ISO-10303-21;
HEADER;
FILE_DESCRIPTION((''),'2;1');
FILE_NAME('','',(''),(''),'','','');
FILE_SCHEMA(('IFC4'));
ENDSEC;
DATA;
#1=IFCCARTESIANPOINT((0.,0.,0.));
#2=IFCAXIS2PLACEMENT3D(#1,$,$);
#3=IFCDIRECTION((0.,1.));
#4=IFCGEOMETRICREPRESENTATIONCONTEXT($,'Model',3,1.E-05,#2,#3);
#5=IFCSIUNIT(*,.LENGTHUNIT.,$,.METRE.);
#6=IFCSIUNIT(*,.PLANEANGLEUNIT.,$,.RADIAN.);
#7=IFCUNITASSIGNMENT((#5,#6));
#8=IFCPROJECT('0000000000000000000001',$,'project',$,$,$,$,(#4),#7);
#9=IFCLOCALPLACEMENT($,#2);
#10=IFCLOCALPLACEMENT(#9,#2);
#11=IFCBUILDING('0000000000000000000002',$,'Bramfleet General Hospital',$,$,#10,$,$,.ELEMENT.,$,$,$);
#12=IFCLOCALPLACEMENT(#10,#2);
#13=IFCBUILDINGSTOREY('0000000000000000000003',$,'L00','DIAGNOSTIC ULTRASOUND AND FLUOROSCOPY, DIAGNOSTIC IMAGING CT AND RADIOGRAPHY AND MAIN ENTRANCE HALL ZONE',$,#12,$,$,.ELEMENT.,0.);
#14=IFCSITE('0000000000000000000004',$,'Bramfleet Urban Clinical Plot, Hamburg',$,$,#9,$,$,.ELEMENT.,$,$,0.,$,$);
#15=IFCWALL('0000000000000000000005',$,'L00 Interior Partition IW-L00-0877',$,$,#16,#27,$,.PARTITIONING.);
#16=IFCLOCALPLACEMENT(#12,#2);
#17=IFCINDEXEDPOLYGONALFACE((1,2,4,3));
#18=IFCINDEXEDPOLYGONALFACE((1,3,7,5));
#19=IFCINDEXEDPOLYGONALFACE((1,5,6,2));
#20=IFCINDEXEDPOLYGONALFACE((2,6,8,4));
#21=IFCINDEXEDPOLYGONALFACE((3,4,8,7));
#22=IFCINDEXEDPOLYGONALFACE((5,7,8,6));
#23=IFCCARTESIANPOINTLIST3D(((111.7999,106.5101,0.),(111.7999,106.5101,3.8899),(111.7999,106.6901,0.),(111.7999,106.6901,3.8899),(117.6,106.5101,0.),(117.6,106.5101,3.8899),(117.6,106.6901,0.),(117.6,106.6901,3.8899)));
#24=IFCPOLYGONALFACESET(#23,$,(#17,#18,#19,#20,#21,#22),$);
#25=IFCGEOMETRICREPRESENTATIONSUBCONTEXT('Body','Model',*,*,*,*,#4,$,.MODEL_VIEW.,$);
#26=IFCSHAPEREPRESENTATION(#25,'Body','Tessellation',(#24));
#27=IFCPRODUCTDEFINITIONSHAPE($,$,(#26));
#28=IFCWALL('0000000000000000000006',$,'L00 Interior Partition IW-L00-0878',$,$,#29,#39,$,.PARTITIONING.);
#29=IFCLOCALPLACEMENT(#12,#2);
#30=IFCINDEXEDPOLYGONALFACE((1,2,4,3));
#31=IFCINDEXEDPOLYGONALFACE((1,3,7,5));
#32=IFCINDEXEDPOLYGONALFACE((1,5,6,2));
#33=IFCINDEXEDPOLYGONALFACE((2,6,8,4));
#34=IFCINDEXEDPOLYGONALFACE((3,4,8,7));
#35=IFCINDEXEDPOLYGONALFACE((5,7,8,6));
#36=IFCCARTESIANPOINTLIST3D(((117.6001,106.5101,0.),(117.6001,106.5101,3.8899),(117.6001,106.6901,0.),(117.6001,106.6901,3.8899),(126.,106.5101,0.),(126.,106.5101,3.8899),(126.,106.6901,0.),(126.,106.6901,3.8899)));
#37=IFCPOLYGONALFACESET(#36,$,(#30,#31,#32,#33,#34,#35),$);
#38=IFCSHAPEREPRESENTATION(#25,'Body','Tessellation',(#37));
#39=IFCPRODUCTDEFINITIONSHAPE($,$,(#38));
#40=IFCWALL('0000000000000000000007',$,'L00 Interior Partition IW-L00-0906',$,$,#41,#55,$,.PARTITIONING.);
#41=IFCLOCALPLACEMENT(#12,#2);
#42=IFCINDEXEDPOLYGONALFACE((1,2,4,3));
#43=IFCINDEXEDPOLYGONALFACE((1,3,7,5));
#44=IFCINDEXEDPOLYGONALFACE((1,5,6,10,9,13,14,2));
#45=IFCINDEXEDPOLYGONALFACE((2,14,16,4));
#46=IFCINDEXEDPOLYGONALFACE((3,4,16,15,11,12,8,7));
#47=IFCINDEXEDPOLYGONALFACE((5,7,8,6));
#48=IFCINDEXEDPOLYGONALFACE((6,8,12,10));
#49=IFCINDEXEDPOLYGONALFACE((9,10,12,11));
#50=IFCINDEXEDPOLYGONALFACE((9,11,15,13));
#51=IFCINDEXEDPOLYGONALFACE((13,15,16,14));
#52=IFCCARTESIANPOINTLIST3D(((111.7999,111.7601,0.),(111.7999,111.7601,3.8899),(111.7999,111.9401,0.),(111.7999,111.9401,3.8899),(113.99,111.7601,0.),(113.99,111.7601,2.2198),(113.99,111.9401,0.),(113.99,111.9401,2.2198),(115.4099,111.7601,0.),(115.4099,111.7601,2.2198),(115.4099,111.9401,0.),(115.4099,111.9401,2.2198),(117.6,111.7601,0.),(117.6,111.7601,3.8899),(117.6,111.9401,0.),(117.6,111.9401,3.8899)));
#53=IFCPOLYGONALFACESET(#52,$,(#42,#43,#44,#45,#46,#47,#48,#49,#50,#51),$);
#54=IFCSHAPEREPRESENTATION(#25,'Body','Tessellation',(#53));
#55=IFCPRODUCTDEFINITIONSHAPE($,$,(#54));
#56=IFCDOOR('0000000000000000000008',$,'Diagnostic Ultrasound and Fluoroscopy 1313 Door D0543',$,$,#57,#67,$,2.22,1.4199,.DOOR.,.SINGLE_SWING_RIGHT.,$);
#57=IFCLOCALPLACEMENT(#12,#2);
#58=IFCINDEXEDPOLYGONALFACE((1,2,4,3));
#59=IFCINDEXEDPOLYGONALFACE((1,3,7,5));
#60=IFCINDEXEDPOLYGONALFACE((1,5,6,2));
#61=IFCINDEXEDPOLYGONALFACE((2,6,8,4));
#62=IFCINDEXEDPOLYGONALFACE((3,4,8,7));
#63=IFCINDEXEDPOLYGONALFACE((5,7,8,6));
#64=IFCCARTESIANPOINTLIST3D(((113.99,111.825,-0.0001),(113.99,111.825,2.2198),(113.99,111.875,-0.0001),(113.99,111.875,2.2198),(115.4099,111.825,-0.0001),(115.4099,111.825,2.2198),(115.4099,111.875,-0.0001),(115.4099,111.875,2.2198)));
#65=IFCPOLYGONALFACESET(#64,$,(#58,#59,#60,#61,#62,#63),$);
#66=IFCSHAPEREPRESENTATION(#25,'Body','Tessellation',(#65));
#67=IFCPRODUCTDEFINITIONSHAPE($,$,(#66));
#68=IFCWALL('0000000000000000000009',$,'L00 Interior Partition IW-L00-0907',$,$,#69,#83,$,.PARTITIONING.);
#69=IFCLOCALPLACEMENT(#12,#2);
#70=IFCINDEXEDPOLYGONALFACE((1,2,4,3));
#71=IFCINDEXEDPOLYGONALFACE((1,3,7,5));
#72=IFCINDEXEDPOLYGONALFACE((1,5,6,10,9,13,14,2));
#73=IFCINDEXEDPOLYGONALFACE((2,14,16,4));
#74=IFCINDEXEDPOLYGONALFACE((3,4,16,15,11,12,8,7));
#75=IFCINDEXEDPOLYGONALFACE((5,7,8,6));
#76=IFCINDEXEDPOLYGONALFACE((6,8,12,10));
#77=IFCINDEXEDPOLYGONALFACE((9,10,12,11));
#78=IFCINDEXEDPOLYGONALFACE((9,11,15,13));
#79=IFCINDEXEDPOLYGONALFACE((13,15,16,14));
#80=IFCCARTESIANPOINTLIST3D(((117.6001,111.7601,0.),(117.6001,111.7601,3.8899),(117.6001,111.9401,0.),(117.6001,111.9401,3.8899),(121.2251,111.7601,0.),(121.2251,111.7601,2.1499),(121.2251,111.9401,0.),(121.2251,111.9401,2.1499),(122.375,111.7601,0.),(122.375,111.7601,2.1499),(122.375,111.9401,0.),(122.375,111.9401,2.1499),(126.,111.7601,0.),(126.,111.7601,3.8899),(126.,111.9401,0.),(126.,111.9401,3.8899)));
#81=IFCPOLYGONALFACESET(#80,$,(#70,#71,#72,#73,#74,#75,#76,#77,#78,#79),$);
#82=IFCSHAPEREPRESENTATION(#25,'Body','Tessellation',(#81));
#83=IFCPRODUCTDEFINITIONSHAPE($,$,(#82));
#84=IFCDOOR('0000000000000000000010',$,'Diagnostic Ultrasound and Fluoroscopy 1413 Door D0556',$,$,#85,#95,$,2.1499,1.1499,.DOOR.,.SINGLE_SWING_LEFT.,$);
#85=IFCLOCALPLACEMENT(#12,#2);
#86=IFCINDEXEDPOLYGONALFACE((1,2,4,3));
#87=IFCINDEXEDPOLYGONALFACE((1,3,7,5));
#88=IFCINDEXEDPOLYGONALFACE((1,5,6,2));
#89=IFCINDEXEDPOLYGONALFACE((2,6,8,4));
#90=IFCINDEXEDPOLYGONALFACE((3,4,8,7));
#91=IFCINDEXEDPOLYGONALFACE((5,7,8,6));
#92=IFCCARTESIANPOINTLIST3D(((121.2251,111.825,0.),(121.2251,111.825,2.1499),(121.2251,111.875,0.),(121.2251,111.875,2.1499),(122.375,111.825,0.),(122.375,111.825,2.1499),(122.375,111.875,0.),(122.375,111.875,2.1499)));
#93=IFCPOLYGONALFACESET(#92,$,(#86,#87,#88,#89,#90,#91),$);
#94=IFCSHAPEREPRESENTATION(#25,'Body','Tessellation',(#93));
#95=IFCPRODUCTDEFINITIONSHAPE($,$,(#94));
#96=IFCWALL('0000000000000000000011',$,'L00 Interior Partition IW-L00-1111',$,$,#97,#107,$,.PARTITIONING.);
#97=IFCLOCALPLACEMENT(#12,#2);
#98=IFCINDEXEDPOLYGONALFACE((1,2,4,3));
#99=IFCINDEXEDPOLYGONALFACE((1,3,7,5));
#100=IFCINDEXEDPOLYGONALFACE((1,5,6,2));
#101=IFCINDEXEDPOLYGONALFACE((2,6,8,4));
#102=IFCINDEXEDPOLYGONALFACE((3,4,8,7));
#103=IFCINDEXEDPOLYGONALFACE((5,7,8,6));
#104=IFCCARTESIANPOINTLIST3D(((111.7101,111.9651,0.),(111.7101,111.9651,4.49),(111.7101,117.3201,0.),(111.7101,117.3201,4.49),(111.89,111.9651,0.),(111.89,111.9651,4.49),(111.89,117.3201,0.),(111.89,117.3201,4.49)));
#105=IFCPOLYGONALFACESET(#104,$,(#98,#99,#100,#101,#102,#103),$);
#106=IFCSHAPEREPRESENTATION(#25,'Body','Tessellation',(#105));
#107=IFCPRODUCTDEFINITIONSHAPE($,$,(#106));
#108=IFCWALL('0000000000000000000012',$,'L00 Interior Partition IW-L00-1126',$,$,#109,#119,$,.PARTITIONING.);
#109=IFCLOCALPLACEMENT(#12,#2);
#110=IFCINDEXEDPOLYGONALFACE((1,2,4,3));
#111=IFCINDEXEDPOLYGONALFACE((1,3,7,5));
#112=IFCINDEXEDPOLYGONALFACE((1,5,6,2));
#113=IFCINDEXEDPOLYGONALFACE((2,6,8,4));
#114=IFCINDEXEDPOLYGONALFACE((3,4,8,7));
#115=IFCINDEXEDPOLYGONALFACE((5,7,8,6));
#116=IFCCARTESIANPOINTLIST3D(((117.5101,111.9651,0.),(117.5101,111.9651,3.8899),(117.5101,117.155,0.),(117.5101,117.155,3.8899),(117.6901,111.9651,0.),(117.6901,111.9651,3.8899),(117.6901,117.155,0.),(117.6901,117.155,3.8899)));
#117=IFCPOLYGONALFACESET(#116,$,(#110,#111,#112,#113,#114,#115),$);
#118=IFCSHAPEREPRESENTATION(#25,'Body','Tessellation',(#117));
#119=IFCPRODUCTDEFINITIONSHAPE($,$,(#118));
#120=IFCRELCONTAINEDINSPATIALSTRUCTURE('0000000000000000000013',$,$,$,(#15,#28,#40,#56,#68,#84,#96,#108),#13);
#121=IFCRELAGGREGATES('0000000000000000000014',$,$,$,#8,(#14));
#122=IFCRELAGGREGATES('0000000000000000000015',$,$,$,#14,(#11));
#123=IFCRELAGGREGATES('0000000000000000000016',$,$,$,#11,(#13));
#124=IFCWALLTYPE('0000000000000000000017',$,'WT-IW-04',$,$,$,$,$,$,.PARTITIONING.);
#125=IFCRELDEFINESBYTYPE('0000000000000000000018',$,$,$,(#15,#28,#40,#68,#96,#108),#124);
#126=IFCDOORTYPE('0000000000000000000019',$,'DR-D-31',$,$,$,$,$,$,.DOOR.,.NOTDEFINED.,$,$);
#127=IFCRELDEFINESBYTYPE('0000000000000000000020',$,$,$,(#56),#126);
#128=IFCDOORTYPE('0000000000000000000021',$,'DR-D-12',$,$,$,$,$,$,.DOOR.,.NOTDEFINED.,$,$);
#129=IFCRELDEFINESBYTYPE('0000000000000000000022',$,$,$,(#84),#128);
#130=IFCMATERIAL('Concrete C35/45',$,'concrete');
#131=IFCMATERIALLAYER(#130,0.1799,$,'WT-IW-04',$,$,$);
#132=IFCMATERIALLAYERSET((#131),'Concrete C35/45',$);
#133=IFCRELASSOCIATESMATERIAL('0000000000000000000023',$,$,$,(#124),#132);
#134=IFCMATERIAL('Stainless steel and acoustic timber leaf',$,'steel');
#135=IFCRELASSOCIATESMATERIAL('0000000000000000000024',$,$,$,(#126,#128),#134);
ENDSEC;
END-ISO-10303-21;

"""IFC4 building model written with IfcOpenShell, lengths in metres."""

from ifc_helpers import new_model, si_unit, direction, frame, frame_2d, origin, place, context, subcontext, project, spatial, rectangle, extrude, material, layer, layer_set, type_object, element, fill, save


model = new_model("IFC4")

# Units and contexts
model_context = context("Model", 3, precision=1e-05, world=origin(), true_north=direction((0.0, 1.0)))
body_context = subcontext(model_context, "Body", "Model", "MODEL_VIEW")
ifc_project = project(units=[si_unit("LENGTHUNIT", "METRE"), si_unit("PLANEANGLEUNIT", "RADIAN")], contexts=[model_context])

# Site, building, storey
site_placement = place(None, origin())
site = spatial("IfcSite", under=ifc_project, at=site_placement, Name="Bramfleet Urban Clinical Plot, Hamburg", CompositionType="ELEMENT", RefElevation=0.0)
building_placement = place(site_placement, origin())
building = spatial("IfcBuilding", under=site, at=building_placement, Name="Bramfleet General Hospital", CompositionType="ELEMENT")
storey_placement = place(building_placement, origin())
storey = spatial("IfcBuildingStorey", under=building, at=storey_placement, Name="L00", Description="DIAGNOSTIC ULTRASOUND AND FLUOROSCOPY, DIAGNOSTIC IMAGING CT AND RADIOGRAPHY AND MAIN ENTRANCE HALL ZONE", CompositionType="ELEMENT", Elevation=0.0)

# Shared definitions
ifc_material_1 = material(Name="Concrete C35/45", Category="concrete")

# Shared definitions
ifc_layer_1 = layer(ifc_material_1, 0.1799, Name="WT-IW-04")
ifc_layer_set_1 = layer_set([ifc_layer_1], Name="Concrete C35/45")
wall_type_1 = type_object("IfcWallType", Name="WT-IW-04", PredefinedType="PARTITIONING", material=ifc_layer_set_1)
ifc_material_2 = material(Name="Stainless steel and acoustic timber leaf", Category="steel")

# Walls
wall_1_placement = place(storey_placement, frame((111.8, 106.6001, 0.0), z_axis=(0.0, 0.0, 1.0), x_axis=(1.0, 0.0, 0.0)))
element("IfcWall", 1, at=wall_1_placement, inside=storey, type_object=wall_type_1, Name="L00 Interior Partition IW-L00-0877", PredefinedType="PARTITIONING", context=body_context, shape_type="SweptSolid", body=[
    extrude(rectangle(XDim=5.8, YDim=0.1799, at=frame_2d((2.8999, 0.0))), origin(), (0.0, 0.0, 1.0), 3.8899),
])
wall_2_placement = place(storey_placement, frame((117.6001, 106.6001, 0.0), z_axis=(0.0, 0.0, 1.0), x_axis=(1.0, 0.0, 0.0)))
element("IfcWall", 2, at=wall_2_placement, inside=storey, type_object=wall_type_1, Name="L00 Interior Partition IW-L00-0878", PredefinedType="PARTITIONING", context=body_context, shape_type="SweptSolid", body=[
    extrude(rectangle(XDim=8.3999, YDim=0.1799, at=frame_2d((4.2, 0.0))), origin(), (0.0, 0.0, 1.0), 3.8899),
])

# Walls, openings, doors
wall_3_placement = place(storey_placement, frame((111.8, 111.8501, 0.0), z_axis=(0.0, 0.0, 1.0), x_axis=(1.0, 0.0, 0.0)))
wall_3 = element("IfcWall", 3, at=wall_3_placement, inside=storey, type_object=wall_type_1, Name="L00 Interior Partition IW-L00-0906", PredefinedType="PARTITIONING", context=body_context, shape_type="SweptSolid", body=[
    extrude(rectangle(XDim=5.8, YDim=0.1799, at=frame_2d((2.8999, 0.0))), origin(), (0.0, 0.0, 1.0), 3.8899),
])
opening_1_placement = place(wall_3_placement, frame((2.1899, 0.0, 0.0)))
opening_1 = element("IfcOpeningElement", 4, at=opening_1_placement, cuts=wall_3, PredefinedType="OPENING", context=body_context, shape_type="SweptSolid", body=[
    extrude(rectangle(XDim=1.4199, YDim=2.22, at=frame_2d((0.71, 1.1099))), frame((0.0, 0.0999, 0.0), z_axis=(0.0, -1.0, 0.0), x_axis=(1.0, 0.0, 0.0)), (0.0, 0.0, 1.0), 0.2),
])
door_type_1 = type_object("IfcDoorType", Name="DR-D-31", OperationType="NOTDEFINED", PredefinedType="DOOR", material=ifc_material_2)
door_1_placement = place(opening_1_placement, origin())
door_1 = element("IfcDoor", 5, at=door_1_placement, inside=storey, type_object=door_type_1, Name="Diagnostic Ultrasound and Fluoroscopy 1313 Door D0543", OperationType="SINGLE_SWING_RIGHT", OverallHeight=2.22, OverallWidth=1.4199, PredefinedType="DOOR", context=body_context, shape_type="SweptSolid", body=[
    extrude(rectangle(XDim=1.4199, YDim=2.22, at=frame_2d((0.71, 1.1099))), frame((0.0, 0.0249, 0.0), z_axis=(0.0, -1.0, 0.0), x_axis=(1.0, 0.0, 0.0)), (0.0, 0.0, 1.0), 0.05),
])
fill(opening_1, door_1)
wall_4_placement = place(storey_placement, frame((117.6001, 111.8501, 0.0), z_axis=(0.0, 0.0, 1.0), x_axis=(1.0, 0.0, 0.0)))
wall_4 = element("IfcWall", 6, at=wall_4_placement, inside=storey, type_object=wall_type_1, Name="L00 Interior Partition IW-L00-0907", PredefinedType="PARTITIONING", context=body_context, shape_type="SweptSolid", body=[
    extrude(rectangle(XDim=8.3999, YDim=0.1799, at=frame_2d((4.2, 0.0))), origin(), (0.0, 0.0, 1.0), 3.8899),
])
opening_2_placement = place(wall_4_placement, frame((3.625, 0.0, 0.0)))
opening_2 = element("IfcOpeningElement", 7, at=opening_2_placement, cuts=wall_4, PredefinedType="OPENING", context=body_context, shape_type="SweptSolid", body=[
    extrude(rectangle(XDim=1.1499, YDim=2.1499, at=frame_2d((0.575, 1.075))), frame((0.0, 0.0999, 0.0), z_axis=(0.0, -1.0, 0.0), x_axis=(1.0, 0.0, 0.0)), (0.0, 0.0, 1.0), 0.2),
])
door_type_2 = type_object("IfcDoorType", Name="DR-D-12", OperationType="NOTDEFINED", PredefinedType="DOOR", material=ifc_material_2)
door_2_placement = place(opening_2_placement, origin())
door_2 = element("IfcDoor", 8, at=door_2_placement, inside=storey, type_object=door_type_2, Name="Diagnostic Ultrasound and Fluoroscopy 1413 Door D0556", OperationType="SINGLE_SWING_LEFT", OverallHeight=2.1499, OverallWidth=1.1499, PredefinedType="DOOR", context=body_context, shape_type="SweptSolid", body=[
    extrude(rectangle(XDim=1.1499, YDim=2.1499, at=frame_2d((0.575, 1.075))), frame((0.0, 0.0249, 0.0), z_axis=(0.0, -1.0, 0.0), x_axis=(1.0, 0.0, 0.0)), (0.0, 0.0, 1.0), 0.05),
])
fill(opening_2, door_2)

# Walls
wall_5_placement = place(storey_placement, frame((111.8, 111.9651, 0.0), z_axis=(0.0, 0.0, 1.0), x_axis=(0.0, 1.0, 0.0)))
element("IfcWall", 9, at=wall_5_placement, inside=storey, type_object=wall_type_1, Name="L00 Interior Partition IW-L00-1111", PredefinedType="PARTITIONING", context=body_context, shape_type="SweptSolid", body=[
    extrude(rectangle(XDim=5.355, YDim=0.1799, at=frame_2d((2.6775, 0.0))), origin(), (0.0, 0.0, 1.0), 4.49),
])
wall_6_placement = place(storey_placement, frame((117.6001, 111.9651, 0.0), z_axis=(0.0, 0.0, 1.0), x_axis=(0.0, 1.0, 0.0)))
element("IfcWall", 10, at=wall_6_placement, inside=storey, type_object=wall_type_1, Name="L00 Interior Partition IW-L00-1126", PredefinedType="PARTITIONING", context=body_context, shape_type="SweptSolid", body=[
    extrude(rectangle(XDim=5.1899, YDim=0.1799, at=frame_2d((2.595, 0.0))), origin(), (0.0, 0.0, 1.0), 3.8899),
])

save(model, "model.ifc")
